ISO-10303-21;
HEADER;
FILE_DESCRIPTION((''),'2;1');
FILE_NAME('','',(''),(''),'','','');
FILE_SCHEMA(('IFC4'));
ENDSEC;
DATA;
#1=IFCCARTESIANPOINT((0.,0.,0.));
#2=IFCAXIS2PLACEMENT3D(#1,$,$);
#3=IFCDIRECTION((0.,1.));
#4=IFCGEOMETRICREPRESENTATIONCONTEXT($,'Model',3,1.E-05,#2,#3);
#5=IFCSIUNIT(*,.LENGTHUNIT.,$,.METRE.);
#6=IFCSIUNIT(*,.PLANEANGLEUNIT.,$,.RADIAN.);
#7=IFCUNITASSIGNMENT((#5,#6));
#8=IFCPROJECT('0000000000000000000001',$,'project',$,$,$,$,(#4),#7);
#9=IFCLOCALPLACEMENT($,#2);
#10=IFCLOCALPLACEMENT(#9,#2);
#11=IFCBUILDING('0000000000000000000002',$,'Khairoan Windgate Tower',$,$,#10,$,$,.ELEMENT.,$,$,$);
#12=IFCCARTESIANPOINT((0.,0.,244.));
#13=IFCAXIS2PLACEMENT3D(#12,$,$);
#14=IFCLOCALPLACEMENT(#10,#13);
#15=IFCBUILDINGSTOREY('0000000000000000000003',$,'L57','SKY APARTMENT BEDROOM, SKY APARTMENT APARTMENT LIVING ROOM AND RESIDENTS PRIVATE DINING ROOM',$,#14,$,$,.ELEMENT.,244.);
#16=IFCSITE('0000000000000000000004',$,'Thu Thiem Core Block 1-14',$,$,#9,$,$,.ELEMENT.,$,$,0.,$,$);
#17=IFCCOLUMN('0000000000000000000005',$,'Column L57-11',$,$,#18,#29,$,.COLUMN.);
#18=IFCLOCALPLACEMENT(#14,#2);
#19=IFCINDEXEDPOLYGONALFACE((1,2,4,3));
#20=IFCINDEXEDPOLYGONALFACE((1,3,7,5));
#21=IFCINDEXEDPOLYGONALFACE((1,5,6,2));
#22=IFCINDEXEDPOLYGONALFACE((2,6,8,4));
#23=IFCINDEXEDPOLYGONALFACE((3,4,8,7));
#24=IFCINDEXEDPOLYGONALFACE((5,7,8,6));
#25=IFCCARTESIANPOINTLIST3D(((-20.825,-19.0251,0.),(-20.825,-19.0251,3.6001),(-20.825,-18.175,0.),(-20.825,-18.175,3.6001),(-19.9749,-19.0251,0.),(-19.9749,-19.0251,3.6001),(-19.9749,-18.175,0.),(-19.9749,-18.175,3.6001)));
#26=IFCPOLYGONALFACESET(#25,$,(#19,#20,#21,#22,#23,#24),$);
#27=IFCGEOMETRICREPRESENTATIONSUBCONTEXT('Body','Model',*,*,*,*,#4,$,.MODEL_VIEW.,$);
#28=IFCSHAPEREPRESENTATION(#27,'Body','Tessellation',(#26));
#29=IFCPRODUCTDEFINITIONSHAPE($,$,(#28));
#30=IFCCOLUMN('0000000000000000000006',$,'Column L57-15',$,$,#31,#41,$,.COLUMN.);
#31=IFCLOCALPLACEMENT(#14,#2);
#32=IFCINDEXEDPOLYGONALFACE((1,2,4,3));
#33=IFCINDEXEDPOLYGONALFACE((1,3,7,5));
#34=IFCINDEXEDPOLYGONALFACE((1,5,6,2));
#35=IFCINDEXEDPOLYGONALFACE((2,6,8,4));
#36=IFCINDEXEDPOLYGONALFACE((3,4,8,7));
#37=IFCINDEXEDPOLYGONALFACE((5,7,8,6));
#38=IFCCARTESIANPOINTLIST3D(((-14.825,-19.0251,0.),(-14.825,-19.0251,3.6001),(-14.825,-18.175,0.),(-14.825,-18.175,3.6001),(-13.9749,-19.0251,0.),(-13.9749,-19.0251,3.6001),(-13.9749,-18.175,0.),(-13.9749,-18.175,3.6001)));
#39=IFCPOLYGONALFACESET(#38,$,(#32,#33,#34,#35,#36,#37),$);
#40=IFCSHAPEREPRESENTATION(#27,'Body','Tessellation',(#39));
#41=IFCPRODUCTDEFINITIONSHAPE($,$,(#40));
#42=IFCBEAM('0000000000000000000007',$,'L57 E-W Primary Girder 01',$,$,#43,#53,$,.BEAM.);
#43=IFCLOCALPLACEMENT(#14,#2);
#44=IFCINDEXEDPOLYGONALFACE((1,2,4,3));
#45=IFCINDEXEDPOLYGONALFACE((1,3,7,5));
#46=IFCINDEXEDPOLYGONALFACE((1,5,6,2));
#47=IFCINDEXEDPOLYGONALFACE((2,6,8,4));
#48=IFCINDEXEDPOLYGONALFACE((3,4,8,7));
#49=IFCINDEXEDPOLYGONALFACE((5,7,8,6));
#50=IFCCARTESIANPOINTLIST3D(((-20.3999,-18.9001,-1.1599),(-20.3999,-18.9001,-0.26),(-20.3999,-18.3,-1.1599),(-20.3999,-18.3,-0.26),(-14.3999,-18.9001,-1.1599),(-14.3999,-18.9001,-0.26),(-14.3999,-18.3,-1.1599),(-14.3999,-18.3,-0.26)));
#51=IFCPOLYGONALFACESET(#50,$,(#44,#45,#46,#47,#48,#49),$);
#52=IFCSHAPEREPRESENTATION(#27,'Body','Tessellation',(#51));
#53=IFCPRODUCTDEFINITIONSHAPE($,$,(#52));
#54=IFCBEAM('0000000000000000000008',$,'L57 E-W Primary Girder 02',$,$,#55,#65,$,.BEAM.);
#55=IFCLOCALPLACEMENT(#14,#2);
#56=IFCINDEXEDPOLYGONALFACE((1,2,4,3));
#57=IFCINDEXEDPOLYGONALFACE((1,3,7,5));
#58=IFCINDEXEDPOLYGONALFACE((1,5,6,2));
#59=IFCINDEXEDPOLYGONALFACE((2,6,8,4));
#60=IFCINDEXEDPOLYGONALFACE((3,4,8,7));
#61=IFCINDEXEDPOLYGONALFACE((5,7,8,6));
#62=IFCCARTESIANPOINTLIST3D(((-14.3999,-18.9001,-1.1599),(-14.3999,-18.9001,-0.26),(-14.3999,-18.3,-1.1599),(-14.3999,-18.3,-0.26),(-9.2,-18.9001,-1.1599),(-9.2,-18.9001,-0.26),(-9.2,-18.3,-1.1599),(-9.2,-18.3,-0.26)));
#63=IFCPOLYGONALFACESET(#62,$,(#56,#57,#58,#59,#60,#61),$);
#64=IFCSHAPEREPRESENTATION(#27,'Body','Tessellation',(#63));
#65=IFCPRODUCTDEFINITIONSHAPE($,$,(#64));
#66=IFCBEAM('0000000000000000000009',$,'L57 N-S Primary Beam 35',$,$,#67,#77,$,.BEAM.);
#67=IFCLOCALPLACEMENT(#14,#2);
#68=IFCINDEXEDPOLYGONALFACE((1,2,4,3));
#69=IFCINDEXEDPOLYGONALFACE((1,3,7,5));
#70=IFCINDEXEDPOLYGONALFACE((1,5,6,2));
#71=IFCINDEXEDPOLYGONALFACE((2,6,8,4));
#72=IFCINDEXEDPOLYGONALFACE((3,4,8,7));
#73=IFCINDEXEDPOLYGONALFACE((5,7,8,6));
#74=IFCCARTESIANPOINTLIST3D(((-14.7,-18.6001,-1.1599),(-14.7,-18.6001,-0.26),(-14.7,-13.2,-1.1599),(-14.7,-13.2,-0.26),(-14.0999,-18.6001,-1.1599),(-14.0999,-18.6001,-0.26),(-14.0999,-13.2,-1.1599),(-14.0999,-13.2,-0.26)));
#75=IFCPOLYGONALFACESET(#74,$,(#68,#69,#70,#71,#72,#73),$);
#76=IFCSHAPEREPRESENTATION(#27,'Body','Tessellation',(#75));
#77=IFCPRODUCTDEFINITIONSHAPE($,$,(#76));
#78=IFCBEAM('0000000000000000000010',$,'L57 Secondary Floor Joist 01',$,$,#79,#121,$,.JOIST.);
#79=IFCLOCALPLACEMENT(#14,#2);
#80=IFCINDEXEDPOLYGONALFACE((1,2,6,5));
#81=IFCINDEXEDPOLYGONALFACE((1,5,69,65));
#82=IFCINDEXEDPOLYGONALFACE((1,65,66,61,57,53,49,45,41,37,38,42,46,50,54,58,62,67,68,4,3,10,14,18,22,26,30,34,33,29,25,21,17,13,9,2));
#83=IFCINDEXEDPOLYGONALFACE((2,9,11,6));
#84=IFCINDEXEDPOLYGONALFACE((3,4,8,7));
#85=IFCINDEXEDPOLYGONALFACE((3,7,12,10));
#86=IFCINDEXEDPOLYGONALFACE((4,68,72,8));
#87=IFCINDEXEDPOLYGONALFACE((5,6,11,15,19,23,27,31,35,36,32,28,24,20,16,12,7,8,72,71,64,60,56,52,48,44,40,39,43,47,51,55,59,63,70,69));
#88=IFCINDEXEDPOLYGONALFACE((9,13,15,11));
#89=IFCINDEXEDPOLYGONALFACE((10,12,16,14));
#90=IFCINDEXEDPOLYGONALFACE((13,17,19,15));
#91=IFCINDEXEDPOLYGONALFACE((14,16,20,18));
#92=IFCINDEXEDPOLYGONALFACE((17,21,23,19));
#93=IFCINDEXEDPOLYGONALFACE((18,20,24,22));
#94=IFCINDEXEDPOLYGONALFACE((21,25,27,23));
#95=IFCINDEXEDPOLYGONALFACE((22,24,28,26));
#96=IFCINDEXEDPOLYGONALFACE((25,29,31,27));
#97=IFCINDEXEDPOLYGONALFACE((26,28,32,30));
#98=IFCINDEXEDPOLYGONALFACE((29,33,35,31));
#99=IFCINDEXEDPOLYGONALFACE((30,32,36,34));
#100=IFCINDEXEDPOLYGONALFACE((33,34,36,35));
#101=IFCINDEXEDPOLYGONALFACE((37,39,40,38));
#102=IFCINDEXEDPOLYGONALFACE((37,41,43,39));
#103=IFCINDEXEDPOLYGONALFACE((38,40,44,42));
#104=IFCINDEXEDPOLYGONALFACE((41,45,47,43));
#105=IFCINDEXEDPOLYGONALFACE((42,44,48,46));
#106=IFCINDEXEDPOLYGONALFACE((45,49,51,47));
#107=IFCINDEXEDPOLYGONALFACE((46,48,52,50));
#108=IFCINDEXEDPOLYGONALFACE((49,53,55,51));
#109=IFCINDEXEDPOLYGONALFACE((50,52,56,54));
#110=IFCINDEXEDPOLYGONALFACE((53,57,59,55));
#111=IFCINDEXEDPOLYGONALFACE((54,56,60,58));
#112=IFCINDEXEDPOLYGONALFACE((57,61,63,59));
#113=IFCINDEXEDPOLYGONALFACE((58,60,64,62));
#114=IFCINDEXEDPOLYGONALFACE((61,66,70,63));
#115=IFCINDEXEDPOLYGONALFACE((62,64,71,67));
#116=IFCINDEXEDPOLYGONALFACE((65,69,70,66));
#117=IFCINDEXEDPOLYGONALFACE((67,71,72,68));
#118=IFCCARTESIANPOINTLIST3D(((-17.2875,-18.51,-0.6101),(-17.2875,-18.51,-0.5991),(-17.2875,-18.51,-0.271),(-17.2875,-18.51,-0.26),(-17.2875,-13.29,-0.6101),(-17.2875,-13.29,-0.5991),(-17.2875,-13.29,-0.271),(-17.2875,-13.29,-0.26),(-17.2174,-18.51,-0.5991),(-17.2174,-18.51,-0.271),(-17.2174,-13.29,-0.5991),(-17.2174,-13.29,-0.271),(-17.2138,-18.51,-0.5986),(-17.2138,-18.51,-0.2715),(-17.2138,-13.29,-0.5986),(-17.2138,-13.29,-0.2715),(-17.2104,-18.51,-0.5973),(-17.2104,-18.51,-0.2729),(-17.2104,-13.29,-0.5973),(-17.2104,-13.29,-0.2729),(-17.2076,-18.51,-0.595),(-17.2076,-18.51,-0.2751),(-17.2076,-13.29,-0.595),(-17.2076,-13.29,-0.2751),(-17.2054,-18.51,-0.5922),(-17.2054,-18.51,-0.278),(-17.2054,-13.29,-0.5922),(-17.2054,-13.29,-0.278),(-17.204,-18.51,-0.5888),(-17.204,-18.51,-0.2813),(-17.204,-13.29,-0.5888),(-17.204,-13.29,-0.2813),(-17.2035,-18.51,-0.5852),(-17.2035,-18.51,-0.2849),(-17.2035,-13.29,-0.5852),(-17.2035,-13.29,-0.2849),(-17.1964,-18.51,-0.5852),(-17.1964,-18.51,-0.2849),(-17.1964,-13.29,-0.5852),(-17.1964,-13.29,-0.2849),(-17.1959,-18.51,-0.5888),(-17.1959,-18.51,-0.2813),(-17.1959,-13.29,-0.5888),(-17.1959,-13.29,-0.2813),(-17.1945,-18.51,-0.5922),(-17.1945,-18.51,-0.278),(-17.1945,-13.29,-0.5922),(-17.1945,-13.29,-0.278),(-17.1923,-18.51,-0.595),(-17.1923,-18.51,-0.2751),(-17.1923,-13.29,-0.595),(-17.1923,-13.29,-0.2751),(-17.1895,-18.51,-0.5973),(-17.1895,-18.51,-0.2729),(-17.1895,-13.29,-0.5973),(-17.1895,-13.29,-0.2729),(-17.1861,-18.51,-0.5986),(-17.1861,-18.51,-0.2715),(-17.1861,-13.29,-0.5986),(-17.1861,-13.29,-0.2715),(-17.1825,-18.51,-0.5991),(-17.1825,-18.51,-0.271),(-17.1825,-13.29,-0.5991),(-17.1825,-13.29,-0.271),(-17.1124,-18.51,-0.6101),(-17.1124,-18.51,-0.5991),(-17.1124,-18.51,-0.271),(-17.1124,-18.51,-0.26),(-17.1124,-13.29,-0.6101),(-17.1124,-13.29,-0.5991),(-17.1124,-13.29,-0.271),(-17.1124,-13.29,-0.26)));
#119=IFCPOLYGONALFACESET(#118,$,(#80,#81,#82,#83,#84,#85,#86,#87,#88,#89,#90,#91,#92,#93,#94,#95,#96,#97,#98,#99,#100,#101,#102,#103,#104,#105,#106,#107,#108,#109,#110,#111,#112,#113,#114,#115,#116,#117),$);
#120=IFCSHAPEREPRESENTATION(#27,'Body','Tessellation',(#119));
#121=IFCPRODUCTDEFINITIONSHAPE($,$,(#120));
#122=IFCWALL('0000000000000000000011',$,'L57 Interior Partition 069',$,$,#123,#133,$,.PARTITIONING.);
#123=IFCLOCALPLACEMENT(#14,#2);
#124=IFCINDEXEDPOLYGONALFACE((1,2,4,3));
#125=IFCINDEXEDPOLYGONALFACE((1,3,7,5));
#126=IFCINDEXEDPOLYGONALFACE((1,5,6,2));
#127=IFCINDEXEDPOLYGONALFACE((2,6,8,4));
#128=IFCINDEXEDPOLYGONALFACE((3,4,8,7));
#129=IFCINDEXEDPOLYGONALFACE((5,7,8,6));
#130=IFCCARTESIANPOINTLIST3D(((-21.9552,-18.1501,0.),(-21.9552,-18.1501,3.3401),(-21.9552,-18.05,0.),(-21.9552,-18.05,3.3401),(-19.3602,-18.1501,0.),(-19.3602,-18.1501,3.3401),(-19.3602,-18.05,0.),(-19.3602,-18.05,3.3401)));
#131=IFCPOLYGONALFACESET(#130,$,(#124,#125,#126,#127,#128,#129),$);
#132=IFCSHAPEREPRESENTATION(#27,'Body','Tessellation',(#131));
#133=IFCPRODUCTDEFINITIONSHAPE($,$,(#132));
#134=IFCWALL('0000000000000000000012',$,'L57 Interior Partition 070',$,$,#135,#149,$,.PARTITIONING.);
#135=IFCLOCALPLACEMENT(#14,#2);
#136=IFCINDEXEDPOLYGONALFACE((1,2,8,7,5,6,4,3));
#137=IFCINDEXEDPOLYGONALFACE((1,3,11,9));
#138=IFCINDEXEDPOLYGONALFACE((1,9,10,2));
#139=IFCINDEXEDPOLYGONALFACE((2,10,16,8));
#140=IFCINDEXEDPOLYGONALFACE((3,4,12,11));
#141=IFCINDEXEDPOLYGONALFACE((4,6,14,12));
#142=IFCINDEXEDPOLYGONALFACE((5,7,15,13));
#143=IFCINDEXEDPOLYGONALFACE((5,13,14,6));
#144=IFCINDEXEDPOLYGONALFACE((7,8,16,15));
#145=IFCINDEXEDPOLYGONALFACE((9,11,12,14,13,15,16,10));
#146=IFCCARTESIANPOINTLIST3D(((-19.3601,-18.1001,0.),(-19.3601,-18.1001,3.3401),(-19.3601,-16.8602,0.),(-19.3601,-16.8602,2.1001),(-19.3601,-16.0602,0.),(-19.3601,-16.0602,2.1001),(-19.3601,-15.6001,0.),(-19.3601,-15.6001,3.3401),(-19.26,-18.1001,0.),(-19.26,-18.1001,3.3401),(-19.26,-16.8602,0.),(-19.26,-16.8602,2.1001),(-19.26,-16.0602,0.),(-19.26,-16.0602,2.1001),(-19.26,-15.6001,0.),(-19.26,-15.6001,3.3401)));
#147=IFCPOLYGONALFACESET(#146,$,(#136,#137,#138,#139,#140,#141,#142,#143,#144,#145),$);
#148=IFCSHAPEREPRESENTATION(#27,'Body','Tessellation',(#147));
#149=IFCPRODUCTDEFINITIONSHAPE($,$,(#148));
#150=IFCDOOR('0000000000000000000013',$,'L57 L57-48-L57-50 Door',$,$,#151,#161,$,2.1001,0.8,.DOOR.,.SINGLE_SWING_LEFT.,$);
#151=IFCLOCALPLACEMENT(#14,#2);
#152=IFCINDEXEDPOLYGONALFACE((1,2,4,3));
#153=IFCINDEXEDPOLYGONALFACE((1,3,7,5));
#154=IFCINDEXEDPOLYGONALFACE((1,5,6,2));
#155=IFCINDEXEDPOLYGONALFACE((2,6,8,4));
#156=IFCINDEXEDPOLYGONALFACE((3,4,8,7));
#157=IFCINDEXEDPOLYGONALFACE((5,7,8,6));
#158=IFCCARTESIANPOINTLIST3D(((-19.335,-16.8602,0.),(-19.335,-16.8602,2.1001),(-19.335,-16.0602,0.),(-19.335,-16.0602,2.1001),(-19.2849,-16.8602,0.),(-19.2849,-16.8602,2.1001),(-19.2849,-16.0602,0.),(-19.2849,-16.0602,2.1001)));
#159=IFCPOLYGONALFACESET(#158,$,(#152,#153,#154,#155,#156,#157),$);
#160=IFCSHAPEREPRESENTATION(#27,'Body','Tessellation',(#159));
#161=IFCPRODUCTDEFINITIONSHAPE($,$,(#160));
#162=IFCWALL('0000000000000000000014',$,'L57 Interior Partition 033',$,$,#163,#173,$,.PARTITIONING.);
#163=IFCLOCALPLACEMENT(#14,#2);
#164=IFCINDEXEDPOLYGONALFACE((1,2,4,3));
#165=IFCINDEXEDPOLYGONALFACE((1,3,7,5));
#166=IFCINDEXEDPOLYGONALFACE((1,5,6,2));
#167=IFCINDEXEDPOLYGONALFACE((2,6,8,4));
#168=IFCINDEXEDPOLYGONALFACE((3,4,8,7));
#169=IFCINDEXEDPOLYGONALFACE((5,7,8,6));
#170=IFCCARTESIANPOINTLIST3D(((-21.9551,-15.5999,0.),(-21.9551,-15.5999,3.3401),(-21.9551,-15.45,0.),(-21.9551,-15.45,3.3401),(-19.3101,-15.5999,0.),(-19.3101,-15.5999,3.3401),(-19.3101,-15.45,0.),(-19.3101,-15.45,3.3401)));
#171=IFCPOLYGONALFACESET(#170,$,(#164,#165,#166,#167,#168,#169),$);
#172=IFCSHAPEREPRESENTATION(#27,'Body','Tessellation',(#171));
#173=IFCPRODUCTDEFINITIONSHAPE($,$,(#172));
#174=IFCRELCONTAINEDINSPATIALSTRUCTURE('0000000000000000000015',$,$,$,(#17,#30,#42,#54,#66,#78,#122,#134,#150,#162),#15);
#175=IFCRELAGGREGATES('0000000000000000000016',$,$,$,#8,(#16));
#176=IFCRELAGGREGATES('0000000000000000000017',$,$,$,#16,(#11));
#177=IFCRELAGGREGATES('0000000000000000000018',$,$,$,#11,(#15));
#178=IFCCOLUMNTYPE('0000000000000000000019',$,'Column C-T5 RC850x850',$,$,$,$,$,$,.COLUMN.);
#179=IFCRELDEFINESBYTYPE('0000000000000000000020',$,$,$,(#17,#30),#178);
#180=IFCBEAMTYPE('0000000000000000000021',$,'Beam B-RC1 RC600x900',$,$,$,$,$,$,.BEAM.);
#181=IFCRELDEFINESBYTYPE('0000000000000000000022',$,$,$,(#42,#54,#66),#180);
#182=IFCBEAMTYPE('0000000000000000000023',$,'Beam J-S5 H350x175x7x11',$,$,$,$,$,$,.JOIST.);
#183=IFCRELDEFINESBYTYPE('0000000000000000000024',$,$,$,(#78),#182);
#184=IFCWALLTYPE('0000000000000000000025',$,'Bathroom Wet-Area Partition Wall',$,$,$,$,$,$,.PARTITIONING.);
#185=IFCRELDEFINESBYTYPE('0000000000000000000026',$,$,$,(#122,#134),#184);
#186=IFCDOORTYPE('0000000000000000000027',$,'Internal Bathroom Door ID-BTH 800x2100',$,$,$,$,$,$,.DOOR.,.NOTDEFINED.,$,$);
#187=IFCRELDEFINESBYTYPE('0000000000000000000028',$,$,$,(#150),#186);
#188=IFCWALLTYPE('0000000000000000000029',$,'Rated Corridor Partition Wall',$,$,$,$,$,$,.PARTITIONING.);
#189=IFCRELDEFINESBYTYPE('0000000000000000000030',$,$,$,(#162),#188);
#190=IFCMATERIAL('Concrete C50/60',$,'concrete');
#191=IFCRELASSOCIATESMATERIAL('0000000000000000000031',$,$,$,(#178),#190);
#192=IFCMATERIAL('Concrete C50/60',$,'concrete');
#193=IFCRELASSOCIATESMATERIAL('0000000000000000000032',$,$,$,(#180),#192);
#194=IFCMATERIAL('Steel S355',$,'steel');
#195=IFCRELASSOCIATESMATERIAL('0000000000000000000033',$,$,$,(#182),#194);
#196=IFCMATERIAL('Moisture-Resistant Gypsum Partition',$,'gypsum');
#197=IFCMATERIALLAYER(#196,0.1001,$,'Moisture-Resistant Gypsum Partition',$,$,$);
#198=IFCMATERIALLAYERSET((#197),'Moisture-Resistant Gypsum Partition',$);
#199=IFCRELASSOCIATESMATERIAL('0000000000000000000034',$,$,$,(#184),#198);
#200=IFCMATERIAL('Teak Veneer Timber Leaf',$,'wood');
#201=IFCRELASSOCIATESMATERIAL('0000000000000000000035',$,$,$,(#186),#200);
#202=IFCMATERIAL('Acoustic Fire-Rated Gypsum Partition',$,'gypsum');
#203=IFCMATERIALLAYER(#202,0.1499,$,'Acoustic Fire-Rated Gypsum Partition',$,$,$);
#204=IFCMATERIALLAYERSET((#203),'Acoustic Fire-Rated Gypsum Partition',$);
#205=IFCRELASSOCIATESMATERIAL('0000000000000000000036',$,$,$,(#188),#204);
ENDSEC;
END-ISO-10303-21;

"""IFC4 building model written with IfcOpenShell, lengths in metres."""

from ifc_helpers import new_model, si_unit, direction, frame, frame_2d, origin, origin_2d, place, context, subcontext, project, spatial, rectangle, i_section, extrude, material, layer, layer_set, material_profile, profile_set, type_object, element, fill, save


model = new_model("IFC4")

# Units and contexts
model_context = context("Model", 3, precision=1e-05, world=origin(), true_north=direction((0.0, 1.0)))
body_context = subcontext(model_context, "Body", "Model", "MODEL_VIEW")
ifc_project = project(units=[si_unit("LENGTHUNIT", "METRE"), si_unit("PLANEANGLEUNIT", "RADIAN")], contexts=[model_context])

# Site, building, storey
site_placement = place(None, origin())
site = spatial("IfcSite", under=ifc_project, at=site_placement, Name="Thu Thiem Core Block 1-14", CompositionType="ELEMENT", RefElevation=0.0)
building_placement = place(site_placement, origin())
building = spatial("IfcBuilding", under=site, at=building_placement, Name="Khairoan Windgate Tower", CompositionType="ELEMENT")
storey_placement = place(building_placement, frame((0.0, 0.0, 244.0)))
storey = spatial("IfcBuildingStorey", under=building, at=storey_placement, Name="L57", Description="SKY APARTMENT BEDROOM, SKY APARTMENT APARTMENT LIVING ROOM AND RESIDENTS PRIVATE DINING ROOM", CompositionType="ELEMENT", Elevation=244.0)

# Columns
ifc_material_1 = material(Name="Concrete C50/60", Category="concrete")
ifc_material_profile_1 = material_profile(ifc_material_1, rectangle(XDim=0.8501, YDim=0.8501, at=origin_2d()))
ifc_profile_set_1 = profile_set([ifc_material_profile_1], Name="Concrete C50/60")
column_type = type_object("IfcColumnType", Name="Column C-T5 RC850x850", PredefinedType="COLUMN", material=ifc_profile_set_1)
for number, where, z_axis, x_axis, name in (
    (1, (-20.3999, -18.6001, 0.0), (0.0, 0.0, 1.0), (1.0, 0.0, 0.0), "Column L57-11"),
    (2, (-14.3999, -18.6001, 0.0), (0.0, 0.0, 1.0), (1.0, 0.0, 0.0), "Column L57-15"),
):
    element("IfcColumn", number, at=place(storey_placement, frame(where, z_axis=z_axis, x_axis=x_axis)), inside=storey, type_object=column_type, Name=name, PredefinedType="COLUMN", context=body_context, shape_type="SweptSolid", body=[
        extrude(rectangle(XDim=0.8501, YDim=0.8501, at=origin_2d()), origin(), (0.0, 0.0, 1.0), 3.6001),
    ])

# Beams
ifc_material_2 = material(Name="Concrete C50/60", Category="concrete")
ifc_material_profile_2 = material_profile(ifc_material_2, rectangle(XDim=0.6001, YDim=0.8999, at=origin_2d()))
ifc_profile_set_2 = profile_set([ifc_material_profile_2], Name="Concrete C50/60")
beam_type_1 = type_object("IfcBeamType", Name="Beam B-RC1 RC600x900", PredefinedType="BEAM", material=ifc_profile_set_2)
beam_1_placement = place(storey_placement, frame((-20.3999, -18.6001, -0.71), z_axis=(1.0, 0.0, 0.0), x_axis=(0.0, 1.0, 0.0)))
element("IfcBeam", 3, at=beam_1_placement, inside=storey, type_object=beam_type_1, Name="L57 E-W Primary Girder 01", PredefinedType="BEAM", context=body_context, shape_type="SweptSolid", body=[
    extrude(rectangle(XDim=0.6001, YDim=0.8999, at=origin_2d()), origin(), (0.0, 0.0, 1.0), 6.0),
])
beam_2_placement = place(storey_placement, frame((-14.3999, -18.6001, -0.71), z_axis=(1.0, 0.0, 0.0), x_axis=(0.0, 1.0, 0.0)))
element("IfcBeam", 4, at=beam_2_placement, inside=storey, type_object=beam_type_1, Name="L57 E-W Primary Girder 02", PredefinedType="BEAM", context=body_context, shape_type="SweptSolid", body=[
    extrude(rectangle(XDim=0.6001, YDim=0.8999, at=origin_2d()), origin(), (0.0, 0.0, 1.0), 5.2),
])
beam_3_placement = place(storey_placement, frame((-14.3999, -18.6001, -0.71), z_axis=(0.0, 1.0, 0.0), x_axis=(-1.0, 0.0, 0.0)))
element("IfcBeam", 5, at=beam_3_placement, inside=storey, type_object=beam_type_1, Name="L57 N-S Primary Beam 35", PredefinedType="BEAM", context=body_context, shape_type="SweptSolid", body=[
    extrude(rectangle(XDim=0.6001, YDim=0.8999, at=origin_2d()), origin(), (0.0, 0.0, 1.0), 5.4001),
])
ifc_material_3 = material(Name="Steel S355", Category="steel")
ifc_material_profile_3 = material_profile(ifc_material_3, i_section(OverallWidth=0.175, OverallDepth=0.3501, WebThickness=0.0071, FlangeThickness=0.011, FilletRadius=0.0139, at=origin_2d()))
ifc_profile_set_3 = profile_set([ifc_material_profile_3], Name="Steel S355")
beam_type_2 = type_object("IfcBeamType", Name="Beam J-S5 H350x175x7x11", PredefinedType="JOIST", material=ifc_profile_set_3)
beam_4_placement = place(storey_placement, frame((-17.2, -18.51, -0.4351), z_axis=(0.0, 1.0, 0.0), x_axis=(-1.0, 0.0, 0.0)))
element("IfcBeam", 6, at=beam_4_placement, inside=storey, type_object=beam_type_2, Name="L57 Secondary Floor Joist 01", PredefinedType="JOIST", context=body_context, shape_type="SweptSolid", body=[
    extrude(i_section(OverallWidth=0.175, OverallDepth=0.3501, WebThickness=0.0071, FlangeThickness=0.011, FilletRadius=0.0139, at=origin_2d()), origin(), (0.0, 0.0, 1.0), 5.22),
])

# Wall
ifc_material_4 = material(Name="Moisture-Resistant Gypsum Partition", Category="gypsum")
ifc_layer_1 = layer(ifc_material_4, 0.1001, Name="Moisture-Resistant Gypsum Partition")
ifc_layer_set_1 = layer_set([ifc_layer_1], Name="Moisture-Resistant Gypsum Partition")
wall_type_1 = type_object("IfcWallType", Name="Bathroom Wet-Area Partition Wall", PredefinedType="PARTITIONING", material=ifc_layer_set_1)
wall_1_placement = place(storey_placement, frame((-21.9551, -18.1001, 0.0), z_axis=(0.0, 0.0, 1.0), x_axis=(1.0, 0.0, 0.0)))
element("IfcWall", 7, at=wall_1_placement, inside=storey, type_object=wall_type_1, Name="L57 Interior Partition 069", PredefinedType="PARTITIONING", context=body_context, shape_type="SweptSolid", body=[
    extrude(rectangle(XDim=2.595, YDim=0.1001, at=frame_2d((1.2974, 0.0))), origin(), (0.0, 0.0, 1.0), 3.3401),
])

# Wall, opening, door
wall_2_placement = place(storey_placement, frame((-19.3101, -18.1001, 0.0), z_axis=(0.0, 0.0, 1.0), x_axis=(0.0, 1.0, 0.0)))
wall_2 = element("IfcWall", 8, at=wall_2_placement, inside=storey, type_object=wall_type_1, Name="L57 Interior Partition 070", PredefinedType="PARTITIONING", context=body_context, shape_type="SweptSolid", body=[
    extrude(rectangle(XDim=2.5, YDim=0.1001, at=frame_2d((1.25, 0.0))), origin(), (0.0, 0.0, 1.0), 3.3401),
])
opening_1_placement = place(wall_2_placement, frame((1.24, 0.0, 0.0)))
opening_1 = element("IfcOpeningElement", 9, at=opening_1_placement, cuts=wall_2, PredefinedType="OPENING", context=body_context, shape_type="SweptSolid", body=[
    extrude(rectangle(XDim=0.8, YDim=2.1001, at=frame_2d((0.3999, 1.05))), frame((0.0, 0.0601, 0.0), z_axis=(0.0, -1.0, 0.0), x_axis=(1.0, 0.0, 0.0)), (0.0, 0.0, 1.0), 0.1201),
])
ifc_material_5 = material(Name="Teak Veneer Timber Leaf", Category="wood")
door_type_1 = type_object("IfcDoorType", Name="Internal Bathroom Door ID-BTH 800x2100", OperationType="NOTDEFINED", PredefinedType="DOOR", material=ifc_material_5)
door_1_placement = place(opening_1_placement, origin())
door_1 = element("IfcDoor", 10, at=door_1_placement, inside=storey, type_object=door_type_1, Name="L57 L57-48-L57-50 Door", OperationType="SINGLE_SWING_LEFT", OverallHeight=2.1001, OverallWidth=0.8, PredefinedType="DOOR", context=body_context, shape_type="SweptSolid", body=[
    extrude(rectangle(XDim=0.8, YDim=2.1001, at=frame_2d((0.3999, 1.05))), frame((0.0, 0.0249, 0.0), z_axis=(0.0, -1.0, 0.0), x_axis=(1.0, 0.0, 0.0)), (0.0, 0.0, 1.0), 0.05),
])
fill(opening_1, door_1)

# Wall
ifc_material_6 = material(Name="Acoustic Fire-Rated Gypsum Partition", Category="gypsum")
ifc_layer_2 = layer(ifc_material_6, 0.1499, Name="Acoustic Fire-Rated Gypsum Partition")
ifc_layer_set_2 = layer_set([ifc_layer_2], Name="Acoustic Fire-Rated Gypsum Partition")
wall_type_2 = type_object("IfcWallType", Name="Rated Corridor Partition Wall", PredefinedType="PARTITIONING", material=ifc_layer_set_2)
wall_3_placement = place(storey_placement, frame((-21.9551, -15.5249, 0.0), z_axis=(0.0, 0.0, 1.0), x_axis=(1.0, 0.0, 0.0)))
element("IfcWall", 11, at=wall_3_placement, inside=storey, type_object=wall_type_2, Name="L57 Interior Partition 033", PredefinedType="PARTITIONING", context=body_context, shape_type="SweptSolid", body=[
    extrude(rectangle(XDim=2.645, YDim=0.1499, at=frame_2d((1.3225, 0.0))), origin(), (0.0, 0.0, 1.0), 3.3401),
])

save(model, "model.ifc")
